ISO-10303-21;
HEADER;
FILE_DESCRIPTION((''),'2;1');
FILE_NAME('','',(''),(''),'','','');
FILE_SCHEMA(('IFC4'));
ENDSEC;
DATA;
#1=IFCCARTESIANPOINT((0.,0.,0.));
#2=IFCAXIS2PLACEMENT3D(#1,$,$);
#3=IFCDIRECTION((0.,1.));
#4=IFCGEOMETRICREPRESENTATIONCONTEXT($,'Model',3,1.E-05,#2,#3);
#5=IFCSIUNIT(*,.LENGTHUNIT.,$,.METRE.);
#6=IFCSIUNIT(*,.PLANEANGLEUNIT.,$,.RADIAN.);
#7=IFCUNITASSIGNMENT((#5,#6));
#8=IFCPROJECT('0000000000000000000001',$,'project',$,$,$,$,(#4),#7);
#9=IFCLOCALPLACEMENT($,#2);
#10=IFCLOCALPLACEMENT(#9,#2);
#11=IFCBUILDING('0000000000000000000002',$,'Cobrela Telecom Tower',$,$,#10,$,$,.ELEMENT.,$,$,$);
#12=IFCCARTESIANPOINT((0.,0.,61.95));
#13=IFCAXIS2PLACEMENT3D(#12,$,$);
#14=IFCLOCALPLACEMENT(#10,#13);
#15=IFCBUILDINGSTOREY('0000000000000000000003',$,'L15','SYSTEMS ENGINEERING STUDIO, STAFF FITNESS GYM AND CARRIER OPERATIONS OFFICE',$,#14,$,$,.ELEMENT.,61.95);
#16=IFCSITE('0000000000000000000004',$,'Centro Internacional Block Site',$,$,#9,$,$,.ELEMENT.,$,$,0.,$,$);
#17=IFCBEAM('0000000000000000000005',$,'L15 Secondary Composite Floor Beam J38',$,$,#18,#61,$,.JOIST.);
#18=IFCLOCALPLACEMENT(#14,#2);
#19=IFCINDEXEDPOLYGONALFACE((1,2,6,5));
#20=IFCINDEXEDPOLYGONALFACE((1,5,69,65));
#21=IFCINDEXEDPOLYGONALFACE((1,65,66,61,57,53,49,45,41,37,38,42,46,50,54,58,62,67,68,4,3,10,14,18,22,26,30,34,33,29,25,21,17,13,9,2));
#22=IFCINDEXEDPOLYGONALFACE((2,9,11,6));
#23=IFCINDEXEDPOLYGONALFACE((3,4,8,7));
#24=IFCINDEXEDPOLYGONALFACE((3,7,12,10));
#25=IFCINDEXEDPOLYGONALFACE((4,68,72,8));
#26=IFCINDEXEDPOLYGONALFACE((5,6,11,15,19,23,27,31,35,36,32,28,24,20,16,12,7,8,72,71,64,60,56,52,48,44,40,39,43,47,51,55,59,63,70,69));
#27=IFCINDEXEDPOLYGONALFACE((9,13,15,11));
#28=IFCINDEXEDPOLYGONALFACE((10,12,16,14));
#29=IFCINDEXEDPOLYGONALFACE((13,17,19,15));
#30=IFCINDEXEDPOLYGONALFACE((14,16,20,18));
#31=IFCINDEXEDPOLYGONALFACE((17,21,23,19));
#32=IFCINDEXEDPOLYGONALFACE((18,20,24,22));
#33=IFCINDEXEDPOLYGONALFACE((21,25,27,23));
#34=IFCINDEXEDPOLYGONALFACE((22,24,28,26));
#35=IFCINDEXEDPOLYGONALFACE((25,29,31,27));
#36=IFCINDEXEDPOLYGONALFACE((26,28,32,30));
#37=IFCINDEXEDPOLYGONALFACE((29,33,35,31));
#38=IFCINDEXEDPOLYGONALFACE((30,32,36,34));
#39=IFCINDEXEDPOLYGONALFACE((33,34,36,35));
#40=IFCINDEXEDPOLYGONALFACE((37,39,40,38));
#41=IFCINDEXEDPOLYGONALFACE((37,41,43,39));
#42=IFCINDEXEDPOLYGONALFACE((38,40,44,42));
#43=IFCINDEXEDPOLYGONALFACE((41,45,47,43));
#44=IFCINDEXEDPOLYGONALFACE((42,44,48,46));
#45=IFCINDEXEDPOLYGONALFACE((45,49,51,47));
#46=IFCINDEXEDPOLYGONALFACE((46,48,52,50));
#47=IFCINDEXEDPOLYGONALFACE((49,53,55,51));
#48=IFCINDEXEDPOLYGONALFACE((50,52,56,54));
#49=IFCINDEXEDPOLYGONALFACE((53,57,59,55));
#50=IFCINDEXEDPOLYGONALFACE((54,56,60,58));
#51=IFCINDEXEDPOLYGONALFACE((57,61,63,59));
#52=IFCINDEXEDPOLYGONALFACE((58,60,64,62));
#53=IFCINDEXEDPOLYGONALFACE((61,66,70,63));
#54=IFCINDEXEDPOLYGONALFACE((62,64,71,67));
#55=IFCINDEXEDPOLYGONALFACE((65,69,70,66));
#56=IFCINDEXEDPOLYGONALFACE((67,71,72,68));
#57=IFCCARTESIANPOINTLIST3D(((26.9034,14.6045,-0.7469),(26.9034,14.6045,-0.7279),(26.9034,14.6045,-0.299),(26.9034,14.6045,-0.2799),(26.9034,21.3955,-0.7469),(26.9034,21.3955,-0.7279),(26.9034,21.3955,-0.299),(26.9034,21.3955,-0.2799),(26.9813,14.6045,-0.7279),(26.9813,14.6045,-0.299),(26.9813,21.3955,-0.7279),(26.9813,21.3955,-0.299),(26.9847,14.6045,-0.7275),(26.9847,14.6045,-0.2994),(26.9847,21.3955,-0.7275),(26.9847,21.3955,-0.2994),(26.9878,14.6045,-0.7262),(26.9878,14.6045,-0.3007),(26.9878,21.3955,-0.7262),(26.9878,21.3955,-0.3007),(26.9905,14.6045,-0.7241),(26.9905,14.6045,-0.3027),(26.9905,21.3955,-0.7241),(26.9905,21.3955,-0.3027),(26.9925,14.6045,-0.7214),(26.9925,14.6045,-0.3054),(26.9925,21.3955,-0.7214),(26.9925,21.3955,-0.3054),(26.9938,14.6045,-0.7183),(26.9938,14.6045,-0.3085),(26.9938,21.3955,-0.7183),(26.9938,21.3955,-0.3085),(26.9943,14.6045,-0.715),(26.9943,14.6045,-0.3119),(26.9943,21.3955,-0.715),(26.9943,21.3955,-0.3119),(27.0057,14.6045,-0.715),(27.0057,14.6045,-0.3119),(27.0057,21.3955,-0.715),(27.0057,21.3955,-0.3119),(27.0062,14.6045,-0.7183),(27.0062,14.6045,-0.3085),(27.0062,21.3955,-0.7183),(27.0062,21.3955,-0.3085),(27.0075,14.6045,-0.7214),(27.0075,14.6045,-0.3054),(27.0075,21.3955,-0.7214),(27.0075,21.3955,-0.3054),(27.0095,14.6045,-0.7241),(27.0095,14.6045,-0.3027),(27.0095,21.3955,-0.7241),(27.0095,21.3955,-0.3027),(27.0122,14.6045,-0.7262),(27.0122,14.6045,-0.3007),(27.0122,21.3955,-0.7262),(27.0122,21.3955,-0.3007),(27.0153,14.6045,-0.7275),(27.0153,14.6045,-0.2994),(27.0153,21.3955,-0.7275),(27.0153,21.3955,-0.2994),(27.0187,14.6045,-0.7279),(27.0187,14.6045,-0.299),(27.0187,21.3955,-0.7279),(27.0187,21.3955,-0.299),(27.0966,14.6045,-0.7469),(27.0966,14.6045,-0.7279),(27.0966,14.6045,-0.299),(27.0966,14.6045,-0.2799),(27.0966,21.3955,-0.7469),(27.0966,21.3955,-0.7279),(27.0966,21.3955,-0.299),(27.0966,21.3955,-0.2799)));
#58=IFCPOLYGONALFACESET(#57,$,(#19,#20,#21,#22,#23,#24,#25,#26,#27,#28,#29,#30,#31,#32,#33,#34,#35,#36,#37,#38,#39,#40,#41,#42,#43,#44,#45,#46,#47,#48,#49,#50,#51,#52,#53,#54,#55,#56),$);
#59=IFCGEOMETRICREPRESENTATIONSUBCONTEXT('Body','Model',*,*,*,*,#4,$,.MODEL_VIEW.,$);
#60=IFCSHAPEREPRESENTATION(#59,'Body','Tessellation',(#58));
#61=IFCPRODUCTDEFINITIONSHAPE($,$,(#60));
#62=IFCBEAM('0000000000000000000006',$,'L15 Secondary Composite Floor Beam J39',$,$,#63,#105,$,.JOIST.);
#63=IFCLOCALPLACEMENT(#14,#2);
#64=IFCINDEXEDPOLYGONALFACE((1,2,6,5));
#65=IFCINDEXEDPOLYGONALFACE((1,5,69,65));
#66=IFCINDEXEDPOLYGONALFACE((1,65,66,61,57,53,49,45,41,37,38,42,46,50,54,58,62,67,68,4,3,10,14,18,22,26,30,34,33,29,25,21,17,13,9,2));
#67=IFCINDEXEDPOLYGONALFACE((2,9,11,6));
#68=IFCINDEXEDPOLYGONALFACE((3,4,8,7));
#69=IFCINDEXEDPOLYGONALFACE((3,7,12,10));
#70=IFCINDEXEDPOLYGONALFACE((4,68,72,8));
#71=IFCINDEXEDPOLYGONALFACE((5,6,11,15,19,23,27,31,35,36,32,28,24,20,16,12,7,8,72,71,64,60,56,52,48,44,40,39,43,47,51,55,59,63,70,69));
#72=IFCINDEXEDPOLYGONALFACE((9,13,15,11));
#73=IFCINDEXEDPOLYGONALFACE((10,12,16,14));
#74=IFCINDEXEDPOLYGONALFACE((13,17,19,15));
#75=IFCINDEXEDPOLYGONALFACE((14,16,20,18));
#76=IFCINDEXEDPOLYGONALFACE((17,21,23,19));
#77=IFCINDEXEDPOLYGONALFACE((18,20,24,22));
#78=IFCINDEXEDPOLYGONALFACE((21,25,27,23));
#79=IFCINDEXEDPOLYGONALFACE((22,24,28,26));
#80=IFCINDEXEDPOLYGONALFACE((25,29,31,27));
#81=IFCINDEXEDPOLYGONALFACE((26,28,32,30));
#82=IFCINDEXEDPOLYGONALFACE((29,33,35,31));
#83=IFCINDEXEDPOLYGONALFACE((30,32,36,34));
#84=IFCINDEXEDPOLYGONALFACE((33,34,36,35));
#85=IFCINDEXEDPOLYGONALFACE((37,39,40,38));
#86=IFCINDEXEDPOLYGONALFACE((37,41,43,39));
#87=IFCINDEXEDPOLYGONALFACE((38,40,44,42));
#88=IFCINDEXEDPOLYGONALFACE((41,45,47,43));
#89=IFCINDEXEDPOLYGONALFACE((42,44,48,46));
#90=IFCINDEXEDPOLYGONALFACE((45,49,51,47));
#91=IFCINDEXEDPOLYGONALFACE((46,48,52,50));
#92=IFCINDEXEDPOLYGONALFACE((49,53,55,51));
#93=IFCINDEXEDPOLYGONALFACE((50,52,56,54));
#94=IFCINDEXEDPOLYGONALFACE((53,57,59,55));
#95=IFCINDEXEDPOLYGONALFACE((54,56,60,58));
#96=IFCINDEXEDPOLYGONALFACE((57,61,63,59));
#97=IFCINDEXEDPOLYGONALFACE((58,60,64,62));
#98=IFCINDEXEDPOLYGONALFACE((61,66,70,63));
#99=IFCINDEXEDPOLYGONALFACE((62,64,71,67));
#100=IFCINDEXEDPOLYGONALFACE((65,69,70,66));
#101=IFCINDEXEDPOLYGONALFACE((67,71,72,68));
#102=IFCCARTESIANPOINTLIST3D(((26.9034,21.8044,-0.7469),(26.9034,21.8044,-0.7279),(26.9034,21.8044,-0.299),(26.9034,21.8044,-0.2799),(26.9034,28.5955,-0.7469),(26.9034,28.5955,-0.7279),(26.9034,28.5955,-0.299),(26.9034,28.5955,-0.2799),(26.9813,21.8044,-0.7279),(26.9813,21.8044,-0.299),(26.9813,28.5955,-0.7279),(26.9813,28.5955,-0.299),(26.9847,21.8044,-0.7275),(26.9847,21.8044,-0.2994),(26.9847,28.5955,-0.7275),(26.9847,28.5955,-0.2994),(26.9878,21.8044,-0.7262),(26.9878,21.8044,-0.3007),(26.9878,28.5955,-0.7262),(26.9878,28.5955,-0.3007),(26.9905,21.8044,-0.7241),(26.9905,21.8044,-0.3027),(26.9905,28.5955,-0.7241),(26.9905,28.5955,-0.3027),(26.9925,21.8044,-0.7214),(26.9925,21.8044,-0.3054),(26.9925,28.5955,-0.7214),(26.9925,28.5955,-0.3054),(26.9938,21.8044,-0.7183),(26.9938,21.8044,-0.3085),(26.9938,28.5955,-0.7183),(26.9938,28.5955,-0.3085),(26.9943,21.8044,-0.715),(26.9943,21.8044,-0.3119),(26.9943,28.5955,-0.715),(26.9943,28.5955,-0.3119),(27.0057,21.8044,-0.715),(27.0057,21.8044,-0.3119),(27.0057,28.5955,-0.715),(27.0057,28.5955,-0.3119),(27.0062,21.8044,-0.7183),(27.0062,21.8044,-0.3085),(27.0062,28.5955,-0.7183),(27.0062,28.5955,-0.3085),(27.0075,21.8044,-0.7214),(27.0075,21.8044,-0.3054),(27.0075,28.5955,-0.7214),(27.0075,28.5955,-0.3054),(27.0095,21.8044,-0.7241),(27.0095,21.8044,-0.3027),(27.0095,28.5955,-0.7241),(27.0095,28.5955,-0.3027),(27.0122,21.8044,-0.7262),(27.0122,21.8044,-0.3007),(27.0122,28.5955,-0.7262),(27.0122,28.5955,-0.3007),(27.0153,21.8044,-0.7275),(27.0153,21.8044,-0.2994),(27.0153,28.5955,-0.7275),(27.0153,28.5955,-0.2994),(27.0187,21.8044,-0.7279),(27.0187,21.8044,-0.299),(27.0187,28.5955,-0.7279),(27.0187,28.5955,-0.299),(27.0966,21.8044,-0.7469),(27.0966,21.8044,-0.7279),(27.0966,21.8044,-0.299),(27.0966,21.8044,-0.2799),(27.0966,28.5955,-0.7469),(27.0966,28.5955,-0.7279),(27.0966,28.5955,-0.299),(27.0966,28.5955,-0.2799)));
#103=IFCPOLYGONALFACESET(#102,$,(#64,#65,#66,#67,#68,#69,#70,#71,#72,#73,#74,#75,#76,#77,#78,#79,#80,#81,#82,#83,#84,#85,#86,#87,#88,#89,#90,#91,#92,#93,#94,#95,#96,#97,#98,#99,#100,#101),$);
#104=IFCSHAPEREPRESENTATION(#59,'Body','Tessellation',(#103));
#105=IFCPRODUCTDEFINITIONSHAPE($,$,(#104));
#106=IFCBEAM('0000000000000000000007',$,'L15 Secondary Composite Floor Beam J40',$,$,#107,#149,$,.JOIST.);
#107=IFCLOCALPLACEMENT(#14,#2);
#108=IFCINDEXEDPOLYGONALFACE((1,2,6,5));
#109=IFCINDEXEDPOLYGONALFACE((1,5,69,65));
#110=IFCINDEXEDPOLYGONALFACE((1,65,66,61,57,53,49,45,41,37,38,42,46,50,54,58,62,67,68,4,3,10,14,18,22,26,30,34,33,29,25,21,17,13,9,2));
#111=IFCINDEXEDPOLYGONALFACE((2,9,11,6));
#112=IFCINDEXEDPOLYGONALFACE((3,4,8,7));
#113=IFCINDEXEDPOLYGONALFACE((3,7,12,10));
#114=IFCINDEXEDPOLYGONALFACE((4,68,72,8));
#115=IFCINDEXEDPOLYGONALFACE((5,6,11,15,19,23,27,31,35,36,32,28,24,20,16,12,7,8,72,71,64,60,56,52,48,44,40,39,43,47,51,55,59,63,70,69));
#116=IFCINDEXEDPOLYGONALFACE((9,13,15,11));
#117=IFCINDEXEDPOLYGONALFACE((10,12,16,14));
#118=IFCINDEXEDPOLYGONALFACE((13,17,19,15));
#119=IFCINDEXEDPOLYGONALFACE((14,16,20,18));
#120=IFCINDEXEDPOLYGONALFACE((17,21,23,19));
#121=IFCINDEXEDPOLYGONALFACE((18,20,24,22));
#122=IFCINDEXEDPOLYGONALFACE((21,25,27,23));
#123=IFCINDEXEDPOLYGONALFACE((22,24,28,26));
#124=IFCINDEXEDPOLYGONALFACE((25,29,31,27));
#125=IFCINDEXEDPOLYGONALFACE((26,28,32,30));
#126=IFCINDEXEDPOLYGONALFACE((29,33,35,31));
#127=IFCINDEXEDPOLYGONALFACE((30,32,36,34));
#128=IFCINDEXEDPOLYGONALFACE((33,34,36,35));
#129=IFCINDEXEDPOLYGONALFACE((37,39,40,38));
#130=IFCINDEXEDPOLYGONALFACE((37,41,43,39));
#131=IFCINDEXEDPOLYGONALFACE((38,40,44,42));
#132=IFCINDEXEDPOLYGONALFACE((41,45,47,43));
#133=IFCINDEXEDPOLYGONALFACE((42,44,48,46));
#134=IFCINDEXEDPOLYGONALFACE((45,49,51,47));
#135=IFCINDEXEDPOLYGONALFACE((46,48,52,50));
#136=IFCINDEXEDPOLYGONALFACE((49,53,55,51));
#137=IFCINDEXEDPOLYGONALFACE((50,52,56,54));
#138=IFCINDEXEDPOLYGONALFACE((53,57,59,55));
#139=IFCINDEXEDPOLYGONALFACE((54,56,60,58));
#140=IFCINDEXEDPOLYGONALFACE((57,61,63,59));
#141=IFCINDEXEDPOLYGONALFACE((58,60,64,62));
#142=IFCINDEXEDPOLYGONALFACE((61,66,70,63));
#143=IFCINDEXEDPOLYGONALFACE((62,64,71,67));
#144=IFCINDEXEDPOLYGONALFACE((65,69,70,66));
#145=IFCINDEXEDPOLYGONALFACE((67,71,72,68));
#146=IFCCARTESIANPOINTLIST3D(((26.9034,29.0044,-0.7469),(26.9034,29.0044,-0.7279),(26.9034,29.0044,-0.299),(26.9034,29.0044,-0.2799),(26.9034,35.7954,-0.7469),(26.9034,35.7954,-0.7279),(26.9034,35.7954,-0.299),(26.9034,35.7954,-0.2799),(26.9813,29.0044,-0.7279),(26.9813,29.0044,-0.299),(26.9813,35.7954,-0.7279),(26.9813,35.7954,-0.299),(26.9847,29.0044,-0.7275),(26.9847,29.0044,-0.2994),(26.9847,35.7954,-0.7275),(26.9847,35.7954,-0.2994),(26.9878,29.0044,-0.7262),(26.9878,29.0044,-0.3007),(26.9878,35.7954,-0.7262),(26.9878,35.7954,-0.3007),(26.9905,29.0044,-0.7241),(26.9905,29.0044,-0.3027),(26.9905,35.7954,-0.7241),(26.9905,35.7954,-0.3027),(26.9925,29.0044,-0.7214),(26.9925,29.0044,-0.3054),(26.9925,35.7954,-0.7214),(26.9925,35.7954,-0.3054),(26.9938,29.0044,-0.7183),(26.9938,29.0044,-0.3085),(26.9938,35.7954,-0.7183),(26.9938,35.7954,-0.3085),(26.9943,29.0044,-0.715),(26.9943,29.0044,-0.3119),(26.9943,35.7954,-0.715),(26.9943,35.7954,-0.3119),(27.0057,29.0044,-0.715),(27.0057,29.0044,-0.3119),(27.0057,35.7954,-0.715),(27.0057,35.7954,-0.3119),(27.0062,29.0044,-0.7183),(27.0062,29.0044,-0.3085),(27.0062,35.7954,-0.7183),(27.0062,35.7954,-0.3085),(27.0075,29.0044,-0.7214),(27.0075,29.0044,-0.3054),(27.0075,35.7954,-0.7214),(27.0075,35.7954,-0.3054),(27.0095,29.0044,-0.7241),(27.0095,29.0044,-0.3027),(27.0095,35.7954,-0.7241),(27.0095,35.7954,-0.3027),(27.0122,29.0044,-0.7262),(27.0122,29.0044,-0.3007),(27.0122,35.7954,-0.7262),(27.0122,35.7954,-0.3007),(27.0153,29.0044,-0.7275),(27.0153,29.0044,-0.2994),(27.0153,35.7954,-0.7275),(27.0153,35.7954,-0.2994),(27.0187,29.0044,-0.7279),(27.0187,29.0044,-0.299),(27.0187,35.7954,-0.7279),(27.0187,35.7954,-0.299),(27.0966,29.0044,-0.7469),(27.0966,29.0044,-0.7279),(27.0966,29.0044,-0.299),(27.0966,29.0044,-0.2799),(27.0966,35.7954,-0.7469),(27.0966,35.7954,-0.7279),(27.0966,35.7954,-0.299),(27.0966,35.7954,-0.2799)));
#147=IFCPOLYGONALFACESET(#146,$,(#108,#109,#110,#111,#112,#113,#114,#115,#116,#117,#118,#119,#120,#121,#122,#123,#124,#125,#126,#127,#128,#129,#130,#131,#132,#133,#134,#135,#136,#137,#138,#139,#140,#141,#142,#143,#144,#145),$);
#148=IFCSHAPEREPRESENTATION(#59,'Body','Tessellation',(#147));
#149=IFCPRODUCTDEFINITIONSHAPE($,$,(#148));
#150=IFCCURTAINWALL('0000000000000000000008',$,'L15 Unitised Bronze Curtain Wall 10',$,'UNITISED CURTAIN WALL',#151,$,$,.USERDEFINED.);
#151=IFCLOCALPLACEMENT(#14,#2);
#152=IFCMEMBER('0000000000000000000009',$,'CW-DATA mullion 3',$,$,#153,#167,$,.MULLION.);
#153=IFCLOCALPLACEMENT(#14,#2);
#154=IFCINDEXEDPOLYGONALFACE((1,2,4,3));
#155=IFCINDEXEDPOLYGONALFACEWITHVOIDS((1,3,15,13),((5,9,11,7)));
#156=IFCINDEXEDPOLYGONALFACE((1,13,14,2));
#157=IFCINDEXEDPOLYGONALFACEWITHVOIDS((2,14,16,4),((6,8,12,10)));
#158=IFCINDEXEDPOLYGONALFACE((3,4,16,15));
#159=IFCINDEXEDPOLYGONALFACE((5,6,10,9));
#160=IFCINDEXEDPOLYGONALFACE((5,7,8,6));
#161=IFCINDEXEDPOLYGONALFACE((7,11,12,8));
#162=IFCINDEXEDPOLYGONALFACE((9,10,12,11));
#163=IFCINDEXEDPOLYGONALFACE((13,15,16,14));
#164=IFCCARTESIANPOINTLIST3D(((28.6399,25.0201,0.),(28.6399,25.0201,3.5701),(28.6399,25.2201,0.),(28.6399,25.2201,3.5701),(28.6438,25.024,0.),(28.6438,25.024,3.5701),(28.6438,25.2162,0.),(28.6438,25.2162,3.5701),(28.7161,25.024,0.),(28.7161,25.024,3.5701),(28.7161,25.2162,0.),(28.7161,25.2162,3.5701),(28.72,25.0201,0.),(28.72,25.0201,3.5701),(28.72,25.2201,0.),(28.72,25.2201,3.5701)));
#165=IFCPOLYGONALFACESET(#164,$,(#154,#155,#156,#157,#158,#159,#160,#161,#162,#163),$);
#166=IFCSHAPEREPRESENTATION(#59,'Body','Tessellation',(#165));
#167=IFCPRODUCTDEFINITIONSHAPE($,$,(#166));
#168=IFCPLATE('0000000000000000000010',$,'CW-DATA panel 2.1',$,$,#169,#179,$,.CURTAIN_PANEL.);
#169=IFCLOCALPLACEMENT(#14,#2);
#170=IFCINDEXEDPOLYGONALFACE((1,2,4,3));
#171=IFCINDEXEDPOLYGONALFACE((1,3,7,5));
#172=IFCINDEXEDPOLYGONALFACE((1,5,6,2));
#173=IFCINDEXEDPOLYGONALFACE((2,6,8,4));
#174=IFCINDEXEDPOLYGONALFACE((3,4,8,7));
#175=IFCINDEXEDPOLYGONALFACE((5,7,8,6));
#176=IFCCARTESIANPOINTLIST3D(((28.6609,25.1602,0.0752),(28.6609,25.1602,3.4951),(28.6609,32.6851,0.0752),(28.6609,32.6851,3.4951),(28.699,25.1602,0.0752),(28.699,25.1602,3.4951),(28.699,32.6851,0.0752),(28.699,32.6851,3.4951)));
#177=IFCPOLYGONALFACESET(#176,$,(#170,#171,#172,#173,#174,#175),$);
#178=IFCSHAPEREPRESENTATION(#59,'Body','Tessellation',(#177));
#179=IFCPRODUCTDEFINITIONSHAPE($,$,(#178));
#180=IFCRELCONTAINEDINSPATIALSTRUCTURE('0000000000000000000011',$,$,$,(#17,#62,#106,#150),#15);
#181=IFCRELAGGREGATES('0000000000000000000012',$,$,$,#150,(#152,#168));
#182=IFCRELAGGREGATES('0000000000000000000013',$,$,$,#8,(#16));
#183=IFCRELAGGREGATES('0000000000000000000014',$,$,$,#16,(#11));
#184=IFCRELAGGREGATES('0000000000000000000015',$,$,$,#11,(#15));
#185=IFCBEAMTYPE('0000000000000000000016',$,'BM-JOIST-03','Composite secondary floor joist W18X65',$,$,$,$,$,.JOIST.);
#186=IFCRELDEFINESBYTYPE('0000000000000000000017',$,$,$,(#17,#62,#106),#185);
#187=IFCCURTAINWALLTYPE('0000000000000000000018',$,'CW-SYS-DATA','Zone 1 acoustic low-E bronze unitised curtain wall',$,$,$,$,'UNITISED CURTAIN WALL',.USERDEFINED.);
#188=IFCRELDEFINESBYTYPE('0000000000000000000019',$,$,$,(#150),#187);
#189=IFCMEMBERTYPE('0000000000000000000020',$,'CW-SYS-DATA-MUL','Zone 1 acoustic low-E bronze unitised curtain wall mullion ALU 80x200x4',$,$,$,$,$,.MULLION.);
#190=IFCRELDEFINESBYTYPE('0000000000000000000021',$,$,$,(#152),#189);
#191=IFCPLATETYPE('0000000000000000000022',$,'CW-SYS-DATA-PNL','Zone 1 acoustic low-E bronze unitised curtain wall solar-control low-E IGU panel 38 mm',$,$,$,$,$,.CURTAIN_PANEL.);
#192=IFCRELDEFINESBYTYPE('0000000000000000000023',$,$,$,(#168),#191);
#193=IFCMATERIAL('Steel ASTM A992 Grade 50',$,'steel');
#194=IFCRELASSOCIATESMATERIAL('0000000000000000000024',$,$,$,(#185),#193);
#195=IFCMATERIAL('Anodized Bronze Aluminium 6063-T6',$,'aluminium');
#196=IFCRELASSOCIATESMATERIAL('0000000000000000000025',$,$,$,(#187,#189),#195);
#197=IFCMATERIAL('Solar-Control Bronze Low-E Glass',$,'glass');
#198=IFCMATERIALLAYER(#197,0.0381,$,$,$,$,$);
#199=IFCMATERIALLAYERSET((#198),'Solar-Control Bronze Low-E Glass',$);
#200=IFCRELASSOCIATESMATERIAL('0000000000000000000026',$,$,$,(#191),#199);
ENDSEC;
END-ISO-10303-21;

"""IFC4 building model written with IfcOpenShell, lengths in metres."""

from ifc_helpers import new_model, si_unit, direction, frame, origin, origin_2d, place, context, subcontext, project, spatial, rectangle, hollow_rectangle, i_section, extrude, material, layer, layer_set, material_profile, profile_set, type_object, element, aggregate, save


model = new_model("IFC4")

# Units and contexts
model_context = context("Model", 3, precision=1e-05, world=origin(), true_north=direction((0.0, 1.0)))
body_context = subcontext(model_context, "Body", "Model", "MODEL_VIEW")
ifc_project = project(units=[si_unit("LENGTHUNIT", "METRE"), si_unit("PLANEANGLEUNIT", "RADIAN")], contexts=[model_context])

# Site, building, storey
site_placement = place(None, origin())
site = spatial("IfcSite", under=ifc_project, at=site_placement, Name="Centro Internacional Block Site", CompositionType="ELEMENT", RefElevation=0.0)
building_placement = place(site_placement, origin())
building = spatial("IfcBuilding", under=site, at=building_placement, Name="Cobrela Telecom Tower", CompositionType="ELEMENT")
storey_placement = place(building_placement, frame((0.0, 0.0, 61.95)))
storey = spatial("IfcBuildingStorey", under=building, at=storey_placement, Name="L15", Description="SYSTEMS ENGINEERING STUDIO, STAFF FITNESS GYM AND CARRIER OPERATIONS OFFICE", CompositionType="ELEMENT", Elevation=61.95)

# Shared definitions
ifc_material_1 = material(Name="Steel ASTM A992 Grade 50", Category="steel")

# Beams
ifc_material_profile_1 = material_profile(ifc_material_1, i_section(OverallWidth=0.1931, OverallDepth=0.467, WebThickness=0.0115, FlangeThickness=0.019, FilletRadius=0.0129, at=origin_2d()), Name="W18X65")
ifc_profile_set_1 = profile_set([ifc_material_profile_1], Name="Steel ASTM A992 Grade 50")
beam_type_1 = type_object("IfcBeamType", Name="BM-JOIST-03", Description="Composite secondary floor joist W18X65", PredefinedType="JOIST", material=ifc_profile_set_1)
for number, where, z_axis, x_axis, name in (
    (1, (27.0, 14.6045, -0.5134), (0.0, 1.0, 0.0), (-1.0, 0.0, 0.0), "L15 Secondary Composite Floor Beam J38"),
    (2, (27.0, 21.8044, -0.5134), (0.0, 1.0, 0.0), (-1.0, 0.0, 0.0), "L15 Secondary Composite Floor Beam J39"),
    (3, (27.0, 29.0044, -0.5134), (0.0, 1.0, 0.0), (-1.0, 0.0, 0.0), "L15 Secondary Composite Floor Beam J40"),
):
    element("IfcBeam", number, at=place(storey_placement, frame(where, z_axis=z_axis, x_axis=x_axis)), inside=storey, type_object=beam_type_1, Name=name, PredefinedType="JOIST", context=body_context, shape_type="SweptSolid", body=[
        extrude(i_section(OverallWidth=0.1931, OverallDepth=0.467, WebThickness=0.0115, FlangeThickness=0.019, FilletRadius=0.0129, at=origin_2d()), origin(), (0.0, 0.0, 1.0), 6.791),
    ])

# Curtain wall, member, plate
ifc_material_2 = material(Name="Anodized Bronze Aluminium 6063-T6", Category="aluminium")
curtain_wall_type = type_object("IfcCurtainWallType", Name="CW-SYS-DATA", Description="Zone 1 acoustic low-E bronze unitised curtain wall", ElementType="UNITISED CURTAIN WALL", PredefinedType="USERDEFINED", material=ifc_material_2)
curtain_wall_placement = place(storey_placement, origin())
curtain_wall = element("IfcCurtainWall", 4, at=curtain_wall_placement, inside=storey, type_object=curtain_wall_type, Name="L15 Unitised Bronze Curtain Wall 10", ObjectType="UNITISED CURTAIN WALL", PredefinedType="USERDEFINED")
ifc_material_profile_2 = material_profile(ifc_material_2, hollow_rectangle(XDim=0.0801, YDim=0.2, WallThickness=0.0039, at=origin_2d()), Name="ALU 80x200x4")
ifc_profile_set_2 = profile_set([ifc_material_profile_2], Name="Anodized Bronze Aluminium 6063-T6")
member_type = type_object("IfcMemberType", Name="CW-SYS-DATA-MUL", Description="Zone 1 acoustic low-E bronze unitised curtain wall mullion ALU 80x200x4", PredefinedType="MULLION", material=ifc_profile_set_2)
member_placement = place(storey_placement, frame((28.6799, 25.1201, 0.0), z_axis=(0.0, 0.0, 1.0), x_axis=(1.0, 0.0, 0.0)))
member = element("IfcMember", 5, at=member_placement, type_object=member_type, Name="CW-DATA mullion 3", PredefinedType="MULLION", context=body_context, shape_type="SweptSolid", body=[
    extrude(hollow_rectangle(XDim=0.0801, YDim=0.2, WallThickness=0.0039, at=origin_2d()), origin(), (0.0, 0.0, 1.0), 3.5701),
])
ifc_material_3 = material(Name="Solar-Control Bronze Low-E Glass", Category="glass")
ifc_layer = layer(ifc_material_3, 0.0381)
ifc_layer_set = layer_set([ifc_layer], Name="Solar-Control Bronze Low-E Glass")
plate_type = type_object("IfcPlateType", Name="CW-SYS-DATA-PNL", Description="Zone 1 acoustic low-E bronze unitised curtain wall solar-control low-E IGU panel 38 mm", PredefinedType="CURTAIN_PANEL", material=ifc_layer_set)
plate_placement = place(storey_placement, frame((28.6799, 28.9226, 0.0752), z_axis=(0.0, 0.0, 1.0), x_axis=(0.0, -1.0, 0.0)))
plate = element("IfcPlate", 6, at=plate_placement, type_object=plate_type, Name="CW-DATA panel 2.1", PredefinedType="CURTAIN_PANEL", context=body_context, shape_type="SweptSolid", body=[
    extrude(rectangle(XDim=7.5249, YDim=0.0381, at=origin_2d()), origin(), (0.0, 0.0, 1.0), 3.4199),
])
aggregate(curtain_wall, [member, plate])

save(model, "model.ifc")
